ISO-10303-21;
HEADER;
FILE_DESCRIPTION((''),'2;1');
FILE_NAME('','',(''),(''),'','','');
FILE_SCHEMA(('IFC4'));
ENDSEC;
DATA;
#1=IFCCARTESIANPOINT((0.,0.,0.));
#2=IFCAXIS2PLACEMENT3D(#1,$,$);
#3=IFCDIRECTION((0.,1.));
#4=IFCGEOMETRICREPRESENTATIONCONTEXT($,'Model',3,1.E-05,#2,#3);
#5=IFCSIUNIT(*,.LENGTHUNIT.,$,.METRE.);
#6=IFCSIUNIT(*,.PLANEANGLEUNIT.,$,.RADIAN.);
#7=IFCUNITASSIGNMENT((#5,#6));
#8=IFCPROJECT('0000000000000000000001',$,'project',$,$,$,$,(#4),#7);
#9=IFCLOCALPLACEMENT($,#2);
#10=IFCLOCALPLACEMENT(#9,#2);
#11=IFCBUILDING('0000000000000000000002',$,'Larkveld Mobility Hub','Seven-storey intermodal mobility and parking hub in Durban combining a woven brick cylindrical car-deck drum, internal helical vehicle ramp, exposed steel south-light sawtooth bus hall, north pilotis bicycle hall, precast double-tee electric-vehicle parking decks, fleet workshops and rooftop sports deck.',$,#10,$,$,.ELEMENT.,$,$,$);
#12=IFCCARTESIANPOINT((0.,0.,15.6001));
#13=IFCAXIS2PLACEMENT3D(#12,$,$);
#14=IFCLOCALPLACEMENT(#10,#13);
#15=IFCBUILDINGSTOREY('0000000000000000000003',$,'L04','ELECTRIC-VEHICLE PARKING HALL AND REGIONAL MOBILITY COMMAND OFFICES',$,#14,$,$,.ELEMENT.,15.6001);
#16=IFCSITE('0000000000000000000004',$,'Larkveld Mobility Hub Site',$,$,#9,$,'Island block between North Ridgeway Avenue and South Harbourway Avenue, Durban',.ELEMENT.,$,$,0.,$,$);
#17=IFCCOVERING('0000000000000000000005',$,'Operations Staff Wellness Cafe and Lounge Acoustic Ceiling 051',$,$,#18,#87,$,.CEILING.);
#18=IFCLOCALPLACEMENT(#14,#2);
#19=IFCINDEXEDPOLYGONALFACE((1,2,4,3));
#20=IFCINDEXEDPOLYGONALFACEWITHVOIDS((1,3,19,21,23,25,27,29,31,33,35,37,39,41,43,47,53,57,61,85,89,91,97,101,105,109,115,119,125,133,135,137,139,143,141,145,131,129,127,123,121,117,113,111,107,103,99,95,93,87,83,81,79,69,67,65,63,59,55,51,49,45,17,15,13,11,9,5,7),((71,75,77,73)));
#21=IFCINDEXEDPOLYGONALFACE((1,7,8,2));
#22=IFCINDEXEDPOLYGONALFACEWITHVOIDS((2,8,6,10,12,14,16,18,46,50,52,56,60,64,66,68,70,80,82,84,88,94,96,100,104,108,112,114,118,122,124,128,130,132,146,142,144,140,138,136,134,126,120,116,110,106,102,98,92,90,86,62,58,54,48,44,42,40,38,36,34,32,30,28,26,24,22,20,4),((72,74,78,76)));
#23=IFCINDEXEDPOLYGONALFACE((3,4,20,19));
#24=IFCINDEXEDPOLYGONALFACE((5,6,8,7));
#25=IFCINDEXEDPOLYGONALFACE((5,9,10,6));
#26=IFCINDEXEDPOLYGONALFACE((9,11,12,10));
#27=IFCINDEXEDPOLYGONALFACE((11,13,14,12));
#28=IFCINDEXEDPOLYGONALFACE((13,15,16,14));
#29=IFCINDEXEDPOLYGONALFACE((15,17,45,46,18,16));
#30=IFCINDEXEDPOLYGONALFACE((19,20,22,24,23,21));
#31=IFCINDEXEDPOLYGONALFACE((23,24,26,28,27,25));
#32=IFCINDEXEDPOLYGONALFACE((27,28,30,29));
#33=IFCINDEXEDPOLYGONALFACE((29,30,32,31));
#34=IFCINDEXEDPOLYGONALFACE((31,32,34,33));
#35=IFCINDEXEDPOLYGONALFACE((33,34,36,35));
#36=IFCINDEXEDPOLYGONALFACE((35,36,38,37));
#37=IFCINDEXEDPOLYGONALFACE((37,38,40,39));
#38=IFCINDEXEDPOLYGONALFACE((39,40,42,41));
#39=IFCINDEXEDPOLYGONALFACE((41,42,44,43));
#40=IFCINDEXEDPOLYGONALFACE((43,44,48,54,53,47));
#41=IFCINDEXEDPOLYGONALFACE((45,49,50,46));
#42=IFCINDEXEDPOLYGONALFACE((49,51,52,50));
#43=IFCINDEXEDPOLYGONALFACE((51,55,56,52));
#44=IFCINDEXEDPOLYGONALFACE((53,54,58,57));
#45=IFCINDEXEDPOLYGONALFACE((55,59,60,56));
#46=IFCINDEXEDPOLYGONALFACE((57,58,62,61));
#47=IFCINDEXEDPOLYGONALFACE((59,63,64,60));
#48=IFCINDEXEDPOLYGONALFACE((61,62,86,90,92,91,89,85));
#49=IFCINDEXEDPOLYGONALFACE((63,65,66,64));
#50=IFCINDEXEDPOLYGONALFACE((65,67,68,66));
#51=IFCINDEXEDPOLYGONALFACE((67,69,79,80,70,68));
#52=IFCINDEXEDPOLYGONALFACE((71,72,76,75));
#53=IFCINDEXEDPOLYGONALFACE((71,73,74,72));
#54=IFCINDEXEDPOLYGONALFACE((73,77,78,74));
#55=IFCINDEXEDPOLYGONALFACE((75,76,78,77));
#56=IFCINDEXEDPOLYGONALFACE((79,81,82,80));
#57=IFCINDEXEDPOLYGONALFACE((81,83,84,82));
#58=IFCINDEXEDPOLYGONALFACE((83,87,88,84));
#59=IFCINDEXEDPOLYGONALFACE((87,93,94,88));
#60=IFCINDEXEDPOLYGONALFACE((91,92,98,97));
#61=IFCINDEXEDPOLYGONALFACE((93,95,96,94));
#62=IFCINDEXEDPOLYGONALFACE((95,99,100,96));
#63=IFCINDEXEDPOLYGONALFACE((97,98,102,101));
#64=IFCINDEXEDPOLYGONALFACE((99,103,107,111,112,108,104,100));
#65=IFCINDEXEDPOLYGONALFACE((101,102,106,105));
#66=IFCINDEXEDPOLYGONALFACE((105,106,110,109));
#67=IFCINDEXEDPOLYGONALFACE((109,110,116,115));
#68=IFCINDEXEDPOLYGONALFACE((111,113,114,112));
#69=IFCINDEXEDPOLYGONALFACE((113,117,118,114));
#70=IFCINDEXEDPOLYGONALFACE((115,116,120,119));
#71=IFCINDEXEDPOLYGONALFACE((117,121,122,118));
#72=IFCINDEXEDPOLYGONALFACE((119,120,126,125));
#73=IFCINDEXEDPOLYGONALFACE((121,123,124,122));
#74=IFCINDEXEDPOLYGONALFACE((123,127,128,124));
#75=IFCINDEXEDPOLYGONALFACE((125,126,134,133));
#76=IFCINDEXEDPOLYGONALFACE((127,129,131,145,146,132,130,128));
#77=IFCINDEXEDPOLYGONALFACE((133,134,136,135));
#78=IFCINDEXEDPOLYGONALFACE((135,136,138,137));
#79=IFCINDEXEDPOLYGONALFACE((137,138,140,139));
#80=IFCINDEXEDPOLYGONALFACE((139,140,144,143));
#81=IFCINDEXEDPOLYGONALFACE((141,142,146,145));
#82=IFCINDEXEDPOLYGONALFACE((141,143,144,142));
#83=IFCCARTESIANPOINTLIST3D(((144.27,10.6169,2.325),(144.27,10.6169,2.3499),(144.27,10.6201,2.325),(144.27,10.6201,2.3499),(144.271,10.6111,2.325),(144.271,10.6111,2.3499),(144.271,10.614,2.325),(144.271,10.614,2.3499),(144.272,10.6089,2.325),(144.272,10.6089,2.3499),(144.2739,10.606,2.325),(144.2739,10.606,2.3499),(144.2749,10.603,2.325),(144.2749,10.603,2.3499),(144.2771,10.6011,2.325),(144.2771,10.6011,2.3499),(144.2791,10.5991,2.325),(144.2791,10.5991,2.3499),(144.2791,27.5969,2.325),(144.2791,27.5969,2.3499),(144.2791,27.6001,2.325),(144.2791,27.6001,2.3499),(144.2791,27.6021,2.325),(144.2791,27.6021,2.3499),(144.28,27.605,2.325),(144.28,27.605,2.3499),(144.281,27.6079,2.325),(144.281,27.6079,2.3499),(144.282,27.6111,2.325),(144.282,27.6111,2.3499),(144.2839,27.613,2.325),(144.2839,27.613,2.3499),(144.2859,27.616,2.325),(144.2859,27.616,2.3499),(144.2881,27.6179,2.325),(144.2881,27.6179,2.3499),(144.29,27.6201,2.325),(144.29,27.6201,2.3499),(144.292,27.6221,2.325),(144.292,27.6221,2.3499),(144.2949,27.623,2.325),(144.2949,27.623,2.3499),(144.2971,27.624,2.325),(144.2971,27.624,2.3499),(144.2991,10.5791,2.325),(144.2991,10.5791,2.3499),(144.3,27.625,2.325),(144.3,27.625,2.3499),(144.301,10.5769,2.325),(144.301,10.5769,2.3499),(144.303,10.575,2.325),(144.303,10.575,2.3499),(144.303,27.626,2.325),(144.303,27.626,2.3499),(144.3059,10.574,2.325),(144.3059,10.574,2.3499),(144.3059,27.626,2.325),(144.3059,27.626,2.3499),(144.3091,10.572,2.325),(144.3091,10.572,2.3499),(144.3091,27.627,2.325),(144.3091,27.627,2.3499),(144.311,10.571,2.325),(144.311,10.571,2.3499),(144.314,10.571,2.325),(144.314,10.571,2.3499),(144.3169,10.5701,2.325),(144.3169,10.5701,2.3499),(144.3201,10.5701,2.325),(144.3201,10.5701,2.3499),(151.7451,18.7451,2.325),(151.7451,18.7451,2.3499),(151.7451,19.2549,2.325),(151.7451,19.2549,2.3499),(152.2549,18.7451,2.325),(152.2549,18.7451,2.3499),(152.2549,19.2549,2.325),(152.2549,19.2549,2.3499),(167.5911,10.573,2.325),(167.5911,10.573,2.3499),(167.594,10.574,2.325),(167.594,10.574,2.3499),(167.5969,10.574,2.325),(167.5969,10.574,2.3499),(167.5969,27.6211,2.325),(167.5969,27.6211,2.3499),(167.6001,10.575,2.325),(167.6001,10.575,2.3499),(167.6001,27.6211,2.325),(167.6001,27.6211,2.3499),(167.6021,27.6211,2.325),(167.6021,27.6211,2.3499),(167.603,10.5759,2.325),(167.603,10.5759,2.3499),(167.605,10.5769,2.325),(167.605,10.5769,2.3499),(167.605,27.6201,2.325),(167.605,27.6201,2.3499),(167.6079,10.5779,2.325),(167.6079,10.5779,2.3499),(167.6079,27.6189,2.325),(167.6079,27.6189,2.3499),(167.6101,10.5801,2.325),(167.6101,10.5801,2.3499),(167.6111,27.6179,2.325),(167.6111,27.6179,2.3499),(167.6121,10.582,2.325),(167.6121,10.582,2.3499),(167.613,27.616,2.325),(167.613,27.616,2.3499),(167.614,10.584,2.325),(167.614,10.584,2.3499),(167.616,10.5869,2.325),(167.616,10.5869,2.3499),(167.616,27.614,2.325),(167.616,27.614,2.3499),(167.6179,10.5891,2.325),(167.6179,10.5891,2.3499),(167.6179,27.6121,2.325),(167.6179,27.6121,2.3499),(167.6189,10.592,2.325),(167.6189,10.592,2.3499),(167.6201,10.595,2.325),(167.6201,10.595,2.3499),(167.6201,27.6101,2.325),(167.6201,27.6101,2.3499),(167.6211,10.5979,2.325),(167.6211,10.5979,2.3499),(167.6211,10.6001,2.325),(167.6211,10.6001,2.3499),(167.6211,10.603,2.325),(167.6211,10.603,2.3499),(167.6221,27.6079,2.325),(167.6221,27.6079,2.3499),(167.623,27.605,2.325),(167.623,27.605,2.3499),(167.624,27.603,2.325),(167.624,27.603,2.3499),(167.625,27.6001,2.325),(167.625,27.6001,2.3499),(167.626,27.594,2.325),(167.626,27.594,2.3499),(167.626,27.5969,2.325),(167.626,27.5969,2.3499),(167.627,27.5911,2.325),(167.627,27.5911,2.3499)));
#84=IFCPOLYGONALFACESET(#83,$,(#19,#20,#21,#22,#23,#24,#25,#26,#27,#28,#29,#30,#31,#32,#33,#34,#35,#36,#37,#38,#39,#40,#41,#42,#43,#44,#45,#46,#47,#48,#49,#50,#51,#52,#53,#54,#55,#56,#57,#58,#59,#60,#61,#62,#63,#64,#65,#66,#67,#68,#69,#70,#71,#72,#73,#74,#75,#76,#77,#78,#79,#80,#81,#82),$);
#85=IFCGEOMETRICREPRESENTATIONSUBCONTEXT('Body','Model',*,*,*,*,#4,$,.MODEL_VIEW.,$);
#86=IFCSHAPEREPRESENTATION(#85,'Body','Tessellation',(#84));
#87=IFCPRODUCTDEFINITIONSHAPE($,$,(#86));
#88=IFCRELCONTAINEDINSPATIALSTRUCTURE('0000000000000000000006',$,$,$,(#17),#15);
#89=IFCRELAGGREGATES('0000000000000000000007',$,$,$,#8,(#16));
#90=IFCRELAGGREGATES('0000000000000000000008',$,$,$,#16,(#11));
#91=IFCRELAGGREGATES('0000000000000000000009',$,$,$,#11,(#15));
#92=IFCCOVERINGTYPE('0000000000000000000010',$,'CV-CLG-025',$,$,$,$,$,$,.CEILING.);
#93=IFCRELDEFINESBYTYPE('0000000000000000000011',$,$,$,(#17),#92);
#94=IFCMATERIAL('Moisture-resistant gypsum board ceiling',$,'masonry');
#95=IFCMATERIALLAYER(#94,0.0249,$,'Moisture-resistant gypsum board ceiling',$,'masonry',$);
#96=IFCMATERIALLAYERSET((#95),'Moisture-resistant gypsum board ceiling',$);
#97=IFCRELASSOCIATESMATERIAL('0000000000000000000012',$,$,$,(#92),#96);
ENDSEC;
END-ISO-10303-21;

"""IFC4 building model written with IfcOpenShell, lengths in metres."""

from ifc_helpers import new_model, si_unit, direction, frame, origin, place, context, subcontext, project, spatial, polyline, outline, extrude, material, layer, layer_set, type_object, element, save


model = new_model("IFC4")

# Units and contexts
model_context = context("Model", 3, precision=1e-05, world=origin(), true_north=direction((0.0, 1.0)))
body_context = subcontext(model_context, "Body", "Model", "MODEL_VIEW")
ifc_project = project(units=[si_unit("LENGTHUNIT", "METRE"), si_unit("PLANEANGLEUNIT", "RADIAN")], contexts=[model_context])

# Site, building, storey
site_placement = place(None, origin())
site = spatial("IfcSite", under=ifc_project, at=site_placement, Name="Larkveld Mobility Hub Site", LongName="Island block between North Ridgeway Avenue and South Harbourway Avenue, Durban", CompositionType="ELEMENT", RefElevation=0.0)
building_placement = place(site_placement, origin())
building = spatial("IfcBuilding", under=site, at=building_placement, Name="Larkveld Mobility Hub", Description="Seven-storey intermodal mobility and parking hub in Durban combining a woven brick cylindrical car-deck drum, internal helical vehicle ramp, exposed steel south-light sawtooth bus hall, north pilotis bicycle hall, precast double-tee electric-vehicle parking decks, fleet workshops and rooftop sports deck.", CompositionType="ELEMENT")
storey_placement = place(building_placement, frame((0.0, 0.0, 15.6001)))
storey = spatial("IfcBuildingStorey", under=building, at=storey_placement, Name="L04", Description="ELECTRIC-VEHICLE PARKING HALL AND REGIONAL MOBILITY COMMAND OFFICES", CompositionType="ELEMENT", Elevation=15.6001)

# Covering
ifc_material_1 = material(Name="Moisture-resistant gypsum board ceiling", Category="masonry")
ifc_layer_1 = layer(ifc_material_1, 0.0249, Name="Moisture-resistant gypsum board ceiling", Category="masonry")
ifc_layer_set_1 = layer_set([ifc_layer_1], Name="Moisture-resistant gypsum board ceiling")
covering_type_1 = type_object("IfcCoveringType", Name="CV-CLG-025", PredefinedType="CEILING", material=ifc_layer_set_1)
covering_1_placement = place(storey_placement, frame((0.0, 0.0, 2.325)))
element("IfcCovering", 1, at=covering_1_placement, inside=storey, type_object=covering_type_1, Name="Operations Staff Wellness Cafe and Lounge Acoustic Ceiling 051", PredefinedType="CEILING", context=body_context, shape_type="SweptSolid", body=[
    extrude(outline(polyline([(144.3169, 10.5701), (144.314, 10.571), (144.311, 10.571), (144.3091, 10.572), (144.3059, 10.574), (144.303, 10.575), (144.301, 10.5769), (144.2991, 10.5791), (144.2791, 10.5991), (144.2771, 10.6011), (144.2749, 10.603), (144.2739, 10.606), (144.272, 10.6089), (144.271, 10.6111), (144.271, 10.614), (144.27, 10.6169), (144.27, 10.6201), (144.2791, 27.5969), (144.2791, 27.6001), (144.2791, 27.6021), (144.28, 27.605), (144.281, 27.6079), (144.282, 27.6111), (144.2839, 27.613), (144.2859, 27.616), (144.2881, 27.6179), (144.29, 27.6201), (144.292, 27.6221), (144.2949, 27.623), (144.2971, 27.624), (144.3, 27.625), (144.303, 27.626), (144.3059, 27.626), (144.3091, 27.627), (167.5969, 27.6211), (167.6001, 27.6211), (167.6021, 27.6211), (167.605, 27.6201), (167.6079, 27.6189), (167.6111, 27.6179), (167.613, 27.616), (167.616, 27.614), (167.6179, 27.6121), (167.6201, 27.6101), (167.6221, 27.6079), (167.623, 27.605), (167.624, 27.603), (167.625, 27.6001), (167.626, 27.5969), (167.626, 27.594), (167.627, 27.5911), (167.6211, 10.603), (167.6211, 10.6001), (167.6211, 10.5979), (167.6201, 10.595), (167.6189, 10.592), (167.6179, 10.5891), (167.616, 10.5869), (167.614, 10.584), (167.6121, 10.582), (167.6101, 10.5801), (167.6079, 10.5779), (167.605, 10.5769), (167.603, 10.5759), (167.6001, 10.575), (167.5969, 10.574), (167.594, 10.574), (167.5911, 10.573), (144.3201, 10.5701), (144.3169, 10.5701)]), holes=[polyline([(152.2549, 18.7451), (152.2549, 19.2549), (151.7451, 19.2549), (151.7451, 18.7451), (152.2549, 18.7451)])]), origin(), (0.0, 0.0, 1.0), 0.0249),
])

save(model, "model.ifc")
